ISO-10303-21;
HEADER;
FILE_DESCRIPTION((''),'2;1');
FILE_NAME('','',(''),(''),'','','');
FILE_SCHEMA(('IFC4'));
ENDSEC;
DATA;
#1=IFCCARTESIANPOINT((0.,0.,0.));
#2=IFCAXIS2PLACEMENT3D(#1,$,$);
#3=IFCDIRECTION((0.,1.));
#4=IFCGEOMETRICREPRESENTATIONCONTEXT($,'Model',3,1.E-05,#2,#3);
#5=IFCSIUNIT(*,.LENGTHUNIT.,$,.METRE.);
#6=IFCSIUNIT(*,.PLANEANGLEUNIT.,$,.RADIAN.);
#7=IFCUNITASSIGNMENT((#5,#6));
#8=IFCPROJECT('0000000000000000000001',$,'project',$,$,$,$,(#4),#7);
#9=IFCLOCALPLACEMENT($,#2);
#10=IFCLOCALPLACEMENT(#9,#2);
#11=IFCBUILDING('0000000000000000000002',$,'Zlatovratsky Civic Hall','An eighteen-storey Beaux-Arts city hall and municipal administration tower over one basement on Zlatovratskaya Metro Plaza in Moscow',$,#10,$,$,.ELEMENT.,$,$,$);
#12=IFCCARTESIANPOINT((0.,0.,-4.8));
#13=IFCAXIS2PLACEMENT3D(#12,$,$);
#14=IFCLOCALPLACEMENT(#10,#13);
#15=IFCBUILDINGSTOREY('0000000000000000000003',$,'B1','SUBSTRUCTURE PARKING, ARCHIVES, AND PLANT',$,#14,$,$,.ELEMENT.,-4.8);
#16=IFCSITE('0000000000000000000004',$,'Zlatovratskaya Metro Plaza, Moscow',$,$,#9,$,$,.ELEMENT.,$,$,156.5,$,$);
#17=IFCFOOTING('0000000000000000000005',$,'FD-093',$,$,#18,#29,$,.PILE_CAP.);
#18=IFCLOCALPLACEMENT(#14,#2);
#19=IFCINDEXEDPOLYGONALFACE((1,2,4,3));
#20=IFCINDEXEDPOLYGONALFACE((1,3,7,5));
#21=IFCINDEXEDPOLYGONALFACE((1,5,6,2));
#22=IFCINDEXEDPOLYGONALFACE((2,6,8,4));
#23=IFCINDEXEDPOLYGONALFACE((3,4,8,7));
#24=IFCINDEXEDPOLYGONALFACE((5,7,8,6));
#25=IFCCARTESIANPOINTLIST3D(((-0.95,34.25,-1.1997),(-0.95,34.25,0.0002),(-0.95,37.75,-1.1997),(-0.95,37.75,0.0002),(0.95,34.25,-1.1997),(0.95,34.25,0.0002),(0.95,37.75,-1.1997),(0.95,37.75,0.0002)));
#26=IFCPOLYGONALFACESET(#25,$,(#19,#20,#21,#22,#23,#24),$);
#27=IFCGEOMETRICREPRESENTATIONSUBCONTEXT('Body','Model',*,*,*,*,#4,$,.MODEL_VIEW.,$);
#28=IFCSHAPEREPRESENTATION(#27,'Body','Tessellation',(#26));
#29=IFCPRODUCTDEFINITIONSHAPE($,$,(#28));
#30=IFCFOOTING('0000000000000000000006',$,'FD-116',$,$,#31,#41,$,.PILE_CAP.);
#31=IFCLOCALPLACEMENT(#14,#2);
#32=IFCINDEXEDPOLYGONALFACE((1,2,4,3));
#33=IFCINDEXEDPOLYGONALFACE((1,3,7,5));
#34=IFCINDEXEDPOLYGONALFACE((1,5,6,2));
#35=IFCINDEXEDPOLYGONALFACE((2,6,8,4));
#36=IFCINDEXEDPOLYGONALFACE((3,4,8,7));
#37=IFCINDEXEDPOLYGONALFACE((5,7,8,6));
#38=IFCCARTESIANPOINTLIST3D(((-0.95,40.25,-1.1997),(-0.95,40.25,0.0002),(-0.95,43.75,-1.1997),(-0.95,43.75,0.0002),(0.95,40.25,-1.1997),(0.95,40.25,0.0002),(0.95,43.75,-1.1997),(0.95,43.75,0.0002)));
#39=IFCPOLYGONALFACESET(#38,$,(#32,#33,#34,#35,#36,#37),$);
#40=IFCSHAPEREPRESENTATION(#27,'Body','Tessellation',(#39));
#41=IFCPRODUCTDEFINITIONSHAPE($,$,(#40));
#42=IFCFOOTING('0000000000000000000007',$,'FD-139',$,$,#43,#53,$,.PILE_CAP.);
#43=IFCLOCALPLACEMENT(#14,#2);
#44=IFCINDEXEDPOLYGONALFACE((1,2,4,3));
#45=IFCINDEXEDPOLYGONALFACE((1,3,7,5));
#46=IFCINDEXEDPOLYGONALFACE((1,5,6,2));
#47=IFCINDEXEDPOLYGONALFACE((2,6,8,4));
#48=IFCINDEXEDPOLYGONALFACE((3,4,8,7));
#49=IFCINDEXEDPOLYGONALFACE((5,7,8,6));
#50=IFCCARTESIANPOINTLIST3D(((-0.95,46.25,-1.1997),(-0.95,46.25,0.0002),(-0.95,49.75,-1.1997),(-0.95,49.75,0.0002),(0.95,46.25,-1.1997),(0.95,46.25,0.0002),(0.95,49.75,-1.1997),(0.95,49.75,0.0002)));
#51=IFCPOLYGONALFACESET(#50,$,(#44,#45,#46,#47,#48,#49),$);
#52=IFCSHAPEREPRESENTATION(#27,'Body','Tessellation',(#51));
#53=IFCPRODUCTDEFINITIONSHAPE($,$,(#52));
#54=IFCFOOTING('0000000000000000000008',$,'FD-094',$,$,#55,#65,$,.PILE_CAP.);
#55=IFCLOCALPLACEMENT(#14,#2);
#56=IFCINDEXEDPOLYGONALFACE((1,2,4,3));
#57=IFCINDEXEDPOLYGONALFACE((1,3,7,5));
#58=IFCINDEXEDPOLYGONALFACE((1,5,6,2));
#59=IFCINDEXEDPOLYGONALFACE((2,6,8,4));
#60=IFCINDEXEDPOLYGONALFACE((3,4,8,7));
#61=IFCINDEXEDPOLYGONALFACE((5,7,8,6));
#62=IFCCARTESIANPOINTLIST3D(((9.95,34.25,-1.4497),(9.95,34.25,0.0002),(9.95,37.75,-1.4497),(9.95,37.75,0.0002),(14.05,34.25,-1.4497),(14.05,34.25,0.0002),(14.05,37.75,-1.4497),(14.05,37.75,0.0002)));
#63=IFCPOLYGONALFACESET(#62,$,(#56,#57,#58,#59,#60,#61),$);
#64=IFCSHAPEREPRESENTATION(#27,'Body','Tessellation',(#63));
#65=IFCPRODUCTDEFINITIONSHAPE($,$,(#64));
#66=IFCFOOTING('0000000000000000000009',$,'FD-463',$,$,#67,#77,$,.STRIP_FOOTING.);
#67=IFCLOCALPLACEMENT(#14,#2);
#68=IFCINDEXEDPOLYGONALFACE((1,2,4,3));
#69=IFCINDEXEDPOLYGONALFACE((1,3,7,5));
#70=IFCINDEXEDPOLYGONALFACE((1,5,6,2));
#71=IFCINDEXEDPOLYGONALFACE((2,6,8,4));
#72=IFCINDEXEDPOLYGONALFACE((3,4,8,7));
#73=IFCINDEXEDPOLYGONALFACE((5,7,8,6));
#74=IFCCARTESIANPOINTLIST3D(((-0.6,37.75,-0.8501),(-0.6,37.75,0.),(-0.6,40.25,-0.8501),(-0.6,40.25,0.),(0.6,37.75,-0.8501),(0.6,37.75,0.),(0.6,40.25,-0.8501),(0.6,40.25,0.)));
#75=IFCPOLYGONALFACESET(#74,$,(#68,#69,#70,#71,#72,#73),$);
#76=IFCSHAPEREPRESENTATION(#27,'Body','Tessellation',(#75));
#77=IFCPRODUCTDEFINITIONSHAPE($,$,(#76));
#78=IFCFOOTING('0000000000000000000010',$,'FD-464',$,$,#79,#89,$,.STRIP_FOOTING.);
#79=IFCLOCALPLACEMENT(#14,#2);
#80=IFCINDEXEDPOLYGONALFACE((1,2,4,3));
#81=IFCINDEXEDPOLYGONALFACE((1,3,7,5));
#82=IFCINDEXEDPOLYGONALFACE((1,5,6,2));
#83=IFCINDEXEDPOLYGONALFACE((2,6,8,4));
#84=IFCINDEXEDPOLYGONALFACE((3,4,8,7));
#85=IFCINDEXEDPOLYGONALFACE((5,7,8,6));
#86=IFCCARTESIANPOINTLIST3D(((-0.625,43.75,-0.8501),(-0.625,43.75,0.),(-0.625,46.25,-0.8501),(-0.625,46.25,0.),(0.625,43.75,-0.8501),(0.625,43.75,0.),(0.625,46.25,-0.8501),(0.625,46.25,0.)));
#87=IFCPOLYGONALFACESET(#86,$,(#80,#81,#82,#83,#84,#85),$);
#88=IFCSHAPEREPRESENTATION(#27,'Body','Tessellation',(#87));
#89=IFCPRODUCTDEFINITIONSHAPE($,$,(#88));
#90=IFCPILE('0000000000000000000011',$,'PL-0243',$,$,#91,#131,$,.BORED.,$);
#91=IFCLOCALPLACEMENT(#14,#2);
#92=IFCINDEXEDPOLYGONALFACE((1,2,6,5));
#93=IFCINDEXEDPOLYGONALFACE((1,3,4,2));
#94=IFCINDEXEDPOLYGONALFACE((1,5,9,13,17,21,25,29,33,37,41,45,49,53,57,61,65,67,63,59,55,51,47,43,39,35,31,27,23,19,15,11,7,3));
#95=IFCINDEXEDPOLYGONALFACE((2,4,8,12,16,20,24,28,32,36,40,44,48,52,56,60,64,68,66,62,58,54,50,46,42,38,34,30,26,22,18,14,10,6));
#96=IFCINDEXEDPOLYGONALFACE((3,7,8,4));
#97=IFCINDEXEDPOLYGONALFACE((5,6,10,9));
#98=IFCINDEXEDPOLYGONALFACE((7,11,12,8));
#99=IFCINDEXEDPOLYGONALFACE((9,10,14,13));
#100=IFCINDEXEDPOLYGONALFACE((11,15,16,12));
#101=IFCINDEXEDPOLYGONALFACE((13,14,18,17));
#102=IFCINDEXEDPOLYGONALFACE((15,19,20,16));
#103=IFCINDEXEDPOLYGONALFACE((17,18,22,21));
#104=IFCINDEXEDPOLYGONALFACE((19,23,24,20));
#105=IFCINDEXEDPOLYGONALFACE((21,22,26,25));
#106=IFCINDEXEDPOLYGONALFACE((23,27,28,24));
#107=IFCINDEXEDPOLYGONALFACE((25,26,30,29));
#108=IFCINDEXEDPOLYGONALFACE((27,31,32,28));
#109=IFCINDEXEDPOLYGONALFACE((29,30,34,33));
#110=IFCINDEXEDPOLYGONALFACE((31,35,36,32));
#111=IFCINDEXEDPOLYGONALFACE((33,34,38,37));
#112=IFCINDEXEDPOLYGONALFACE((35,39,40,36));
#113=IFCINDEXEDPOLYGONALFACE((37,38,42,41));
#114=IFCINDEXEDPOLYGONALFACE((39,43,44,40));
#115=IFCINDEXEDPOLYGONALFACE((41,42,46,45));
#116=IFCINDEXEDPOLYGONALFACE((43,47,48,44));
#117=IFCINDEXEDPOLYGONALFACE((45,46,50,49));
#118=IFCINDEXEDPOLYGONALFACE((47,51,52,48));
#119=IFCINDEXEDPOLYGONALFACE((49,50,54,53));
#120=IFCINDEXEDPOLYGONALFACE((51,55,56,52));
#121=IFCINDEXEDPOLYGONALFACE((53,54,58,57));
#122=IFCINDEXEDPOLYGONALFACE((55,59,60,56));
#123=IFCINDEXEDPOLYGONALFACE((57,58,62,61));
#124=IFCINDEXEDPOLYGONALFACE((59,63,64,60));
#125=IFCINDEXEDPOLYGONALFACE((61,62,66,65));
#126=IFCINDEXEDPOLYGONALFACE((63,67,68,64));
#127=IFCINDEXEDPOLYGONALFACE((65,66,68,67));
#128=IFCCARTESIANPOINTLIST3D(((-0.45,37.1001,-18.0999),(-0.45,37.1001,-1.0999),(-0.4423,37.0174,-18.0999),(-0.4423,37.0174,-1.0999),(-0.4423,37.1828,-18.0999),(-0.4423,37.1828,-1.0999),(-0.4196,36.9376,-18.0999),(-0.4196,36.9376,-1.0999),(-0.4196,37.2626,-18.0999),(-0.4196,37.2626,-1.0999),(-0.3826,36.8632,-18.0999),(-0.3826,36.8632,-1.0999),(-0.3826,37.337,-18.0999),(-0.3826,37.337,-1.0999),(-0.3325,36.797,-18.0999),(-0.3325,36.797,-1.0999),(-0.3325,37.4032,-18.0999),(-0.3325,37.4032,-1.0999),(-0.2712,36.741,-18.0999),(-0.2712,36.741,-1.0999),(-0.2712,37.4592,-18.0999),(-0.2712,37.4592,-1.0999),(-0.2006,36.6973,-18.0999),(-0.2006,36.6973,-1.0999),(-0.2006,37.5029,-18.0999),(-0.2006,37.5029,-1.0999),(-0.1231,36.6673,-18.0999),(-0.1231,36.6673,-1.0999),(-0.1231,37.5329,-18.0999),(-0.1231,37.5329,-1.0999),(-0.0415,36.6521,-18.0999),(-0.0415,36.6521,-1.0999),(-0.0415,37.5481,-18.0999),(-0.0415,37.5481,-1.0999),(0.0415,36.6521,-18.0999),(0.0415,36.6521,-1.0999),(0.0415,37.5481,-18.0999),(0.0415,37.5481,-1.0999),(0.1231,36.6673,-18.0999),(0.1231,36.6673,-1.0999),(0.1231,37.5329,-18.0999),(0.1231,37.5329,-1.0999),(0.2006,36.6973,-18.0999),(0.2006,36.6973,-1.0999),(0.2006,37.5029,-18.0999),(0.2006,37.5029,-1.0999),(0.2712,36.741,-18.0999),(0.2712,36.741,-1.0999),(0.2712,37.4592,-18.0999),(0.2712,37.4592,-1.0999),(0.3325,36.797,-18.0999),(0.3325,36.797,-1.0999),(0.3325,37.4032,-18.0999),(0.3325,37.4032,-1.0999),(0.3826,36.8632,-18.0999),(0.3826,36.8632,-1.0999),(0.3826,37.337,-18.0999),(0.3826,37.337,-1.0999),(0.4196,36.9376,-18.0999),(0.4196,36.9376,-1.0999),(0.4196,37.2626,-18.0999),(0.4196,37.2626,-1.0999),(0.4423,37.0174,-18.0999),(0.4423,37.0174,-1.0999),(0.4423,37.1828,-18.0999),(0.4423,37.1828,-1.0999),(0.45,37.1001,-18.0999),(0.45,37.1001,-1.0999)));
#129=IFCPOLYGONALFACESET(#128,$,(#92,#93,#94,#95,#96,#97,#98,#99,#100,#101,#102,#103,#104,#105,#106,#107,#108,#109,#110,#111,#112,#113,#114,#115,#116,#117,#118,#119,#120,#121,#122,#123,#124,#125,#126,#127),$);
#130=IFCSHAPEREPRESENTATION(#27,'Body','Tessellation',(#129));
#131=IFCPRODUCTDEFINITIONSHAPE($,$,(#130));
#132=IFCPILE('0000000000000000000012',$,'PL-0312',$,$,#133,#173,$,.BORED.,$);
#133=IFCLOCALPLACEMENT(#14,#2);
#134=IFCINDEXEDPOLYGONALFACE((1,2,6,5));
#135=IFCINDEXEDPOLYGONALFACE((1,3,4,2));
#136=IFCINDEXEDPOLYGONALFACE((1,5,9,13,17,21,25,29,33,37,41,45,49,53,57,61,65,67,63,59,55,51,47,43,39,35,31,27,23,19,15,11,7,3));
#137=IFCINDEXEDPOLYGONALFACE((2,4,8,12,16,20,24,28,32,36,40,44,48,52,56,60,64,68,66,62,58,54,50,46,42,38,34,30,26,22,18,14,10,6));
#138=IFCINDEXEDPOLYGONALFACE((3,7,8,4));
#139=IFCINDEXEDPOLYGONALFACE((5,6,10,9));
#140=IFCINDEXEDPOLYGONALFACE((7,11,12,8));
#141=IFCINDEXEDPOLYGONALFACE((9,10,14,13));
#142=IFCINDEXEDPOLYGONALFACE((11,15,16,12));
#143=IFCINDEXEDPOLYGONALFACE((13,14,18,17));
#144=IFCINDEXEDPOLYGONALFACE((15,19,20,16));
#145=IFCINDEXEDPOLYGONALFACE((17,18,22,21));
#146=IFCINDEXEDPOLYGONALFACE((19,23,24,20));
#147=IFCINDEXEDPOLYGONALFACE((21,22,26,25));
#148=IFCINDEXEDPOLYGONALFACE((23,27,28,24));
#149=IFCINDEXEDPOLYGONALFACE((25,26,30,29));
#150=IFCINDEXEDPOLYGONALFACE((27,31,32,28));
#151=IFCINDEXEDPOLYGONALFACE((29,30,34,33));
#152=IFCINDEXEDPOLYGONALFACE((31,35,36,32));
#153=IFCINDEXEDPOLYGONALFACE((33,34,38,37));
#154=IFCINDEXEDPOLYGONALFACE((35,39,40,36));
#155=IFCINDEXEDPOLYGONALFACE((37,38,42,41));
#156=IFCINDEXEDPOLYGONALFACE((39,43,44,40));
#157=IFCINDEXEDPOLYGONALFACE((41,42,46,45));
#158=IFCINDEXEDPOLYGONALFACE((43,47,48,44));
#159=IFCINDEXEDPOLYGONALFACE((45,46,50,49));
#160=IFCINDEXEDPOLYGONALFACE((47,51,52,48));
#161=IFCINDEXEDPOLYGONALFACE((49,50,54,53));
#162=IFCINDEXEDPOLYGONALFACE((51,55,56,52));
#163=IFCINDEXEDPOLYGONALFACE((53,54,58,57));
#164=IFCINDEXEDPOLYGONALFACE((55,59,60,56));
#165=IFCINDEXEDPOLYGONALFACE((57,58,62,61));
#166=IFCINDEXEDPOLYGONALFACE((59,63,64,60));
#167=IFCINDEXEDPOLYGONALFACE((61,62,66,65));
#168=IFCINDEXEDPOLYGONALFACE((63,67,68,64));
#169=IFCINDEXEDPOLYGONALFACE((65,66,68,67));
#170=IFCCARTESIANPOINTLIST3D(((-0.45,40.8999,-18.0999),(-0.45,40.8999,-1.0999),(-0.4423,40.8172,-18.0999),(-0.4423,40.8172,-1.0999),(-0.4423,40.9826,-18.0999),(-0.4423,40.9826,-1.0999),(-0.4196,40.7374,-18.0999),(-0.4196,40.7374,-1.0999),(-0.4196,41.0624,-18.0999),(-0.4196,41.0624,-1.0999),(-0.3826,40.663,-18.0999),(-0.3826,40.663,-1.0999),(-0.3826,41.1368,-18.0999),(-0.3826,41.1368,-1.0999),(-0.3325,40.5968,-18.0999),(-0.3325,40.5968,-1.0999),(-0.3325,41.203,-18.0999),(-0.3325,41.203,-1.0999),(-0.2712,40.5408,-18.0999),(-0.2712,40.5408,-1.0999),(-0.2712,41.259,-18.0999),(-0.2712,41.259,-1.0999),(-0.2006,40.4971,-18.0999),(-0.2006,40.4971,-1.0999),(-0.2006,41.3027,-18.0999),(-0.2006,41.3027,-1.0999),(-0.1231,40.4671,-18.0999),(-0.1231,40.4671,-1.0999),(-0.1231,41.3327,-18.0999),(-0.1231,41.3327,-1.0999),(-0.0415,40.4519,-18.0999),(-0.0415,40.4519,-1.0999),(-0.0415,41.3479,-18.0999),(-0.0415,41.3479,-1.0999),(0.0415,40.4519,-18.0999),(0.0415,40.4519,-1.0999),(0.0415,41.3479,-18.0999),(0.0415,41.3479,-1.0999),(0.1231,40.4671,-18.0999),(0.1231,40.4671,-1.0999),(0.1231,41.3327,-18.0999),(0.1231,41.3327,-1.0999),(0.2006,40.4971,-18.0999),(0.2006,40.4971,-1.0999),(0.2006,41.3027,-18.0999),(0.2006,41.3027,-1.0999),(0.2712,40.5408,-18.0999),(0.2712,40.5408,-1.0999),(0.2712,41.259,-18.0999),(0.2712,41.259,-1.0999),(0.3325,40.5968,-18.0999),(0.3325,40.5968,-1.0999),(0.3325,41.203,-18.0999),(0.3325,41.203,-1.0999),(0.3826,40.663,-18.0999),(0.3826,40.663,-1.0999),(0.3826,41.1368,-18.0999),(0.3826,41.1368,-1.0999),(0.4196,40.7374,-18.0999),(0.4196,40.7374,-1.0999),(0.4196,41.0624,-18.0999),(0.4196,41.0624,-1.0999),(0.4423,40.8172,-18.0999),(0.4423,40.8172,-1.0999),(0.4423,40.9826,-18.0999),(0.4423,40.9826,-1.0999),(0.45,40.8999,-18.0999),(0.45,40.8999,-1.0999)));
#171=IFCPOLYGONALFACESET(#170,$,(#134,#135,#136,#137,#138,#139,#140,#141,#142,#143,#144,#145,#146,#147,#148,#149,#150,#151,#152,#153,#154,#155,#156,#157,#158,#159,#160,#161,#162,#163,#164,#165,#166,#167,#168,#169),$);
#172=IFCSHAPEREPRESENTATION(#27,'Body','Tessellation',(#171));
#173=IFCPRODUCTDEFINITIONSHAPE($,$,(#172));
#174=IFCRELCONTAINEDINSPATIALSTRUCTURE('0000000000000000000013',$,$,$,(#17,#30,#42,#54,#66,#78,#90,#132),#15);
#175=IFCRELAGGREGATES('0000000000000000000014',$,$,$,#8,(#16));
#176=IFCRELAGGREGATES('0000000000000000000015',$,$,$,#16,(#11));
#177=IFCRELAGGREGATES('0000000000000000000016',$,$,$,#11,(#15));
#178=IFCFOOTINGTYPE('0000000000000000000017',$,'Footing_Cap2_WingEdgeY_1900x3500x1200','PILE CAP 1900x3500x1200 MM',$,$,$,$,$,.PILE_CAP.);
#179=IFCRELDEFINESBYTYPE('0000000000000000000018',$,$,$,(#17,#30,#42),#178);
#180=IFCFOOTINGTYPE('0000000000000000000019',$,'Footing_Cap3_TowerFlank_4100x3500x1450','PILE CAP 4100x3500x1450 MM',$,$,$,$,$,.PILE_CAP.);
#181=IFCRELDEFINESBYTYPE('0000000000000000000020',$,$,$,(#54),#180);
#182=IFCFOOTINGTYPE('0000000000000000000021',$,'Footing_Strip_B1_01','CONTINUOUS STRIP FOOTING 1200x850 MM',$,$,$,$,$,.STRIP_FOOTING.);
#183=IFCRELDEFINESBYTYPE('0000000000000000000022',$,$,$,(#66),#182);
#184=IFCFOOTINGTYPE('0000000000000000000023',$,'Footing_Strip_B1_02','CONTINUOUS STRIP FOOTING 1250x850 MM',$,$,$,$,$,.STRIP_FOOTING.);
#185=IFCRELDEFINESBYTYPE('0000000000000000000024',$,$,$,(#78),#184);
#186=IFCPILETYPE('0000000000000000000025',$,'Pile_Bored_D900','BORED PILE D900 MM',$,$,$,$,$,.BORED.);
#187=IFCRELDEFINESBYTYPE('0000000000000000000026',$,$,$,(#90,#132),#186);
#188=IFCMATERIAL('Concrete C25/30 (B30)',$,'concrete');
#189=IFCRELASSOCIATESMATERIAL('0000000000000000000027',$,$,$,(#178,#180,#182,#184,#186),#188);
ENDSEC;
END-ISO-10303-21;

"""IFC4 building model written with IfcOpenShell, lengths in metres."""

from ifc_helpers import new_model, si_unit, direction, frame, origin, origin_2d, place, context, subcontext, project, spatial, rectangle, circle, extrude, material, material_profile, profile_set, type_object, element, save


model = new_model("IFC4")

# Units and contexts
model_context = context("Model", 3, precision=1e-05, world=origin(), true_north=direction((0.0, 1.0)))
body_context = subcontext(model_context, "Body", "Model", "MODEL_VIEW")
ifc_project = project(units=[si_unit("LENGTHUNIT", "METRE"), si_unit("PLANEANGLEUNIT", "RADIAN")], contexts=[model_context])

# Site, building, storey
site_placement = place(None, origin())
site = spatial("IfcSite", under=ifc_project, at=site_placement, Name="Zlatovratskaya Metro Plaza, Moscow", CompositionType="ELEMENT", RefElevation=156.5)
building_placement = place(site_placement, origin())
building = spatial("IfcBuilding", under=site, at=building_placement, Name="Zlatovratsky Civic Hall", Description="An eighteen-storey Beaux-Arts city hall and municipal administration tower over one basement on Zlatovratskaya Metro Plaza in Moscow", CompositionType="ELEMENT")
storey_placement = place(building_placement, frame((0.0, 0.0, -4.8)))
storey = spatial("IfcBuildingStorey", under=building, at=storey_placement, Name="B1", Description="SUBSTRUCTURE PARKING, ARCHIVES, AND PLANT", CompositionType="ELEMENT", Elevation=-4.8)

# Footings
ifc_material_1 = material(Name="Concrete C25/30 (B30)", Category="concrete")
footing_type_1 = type_object("IfcFootingType", Name="Footing_Cap2_WingEdgeY_1900x3500x1200", Description="PILE CAP 1900x3500x1200 MM", PredefinedType="PILE_CAP", material=ifc_material_1)
for number, where, z_axis, x_axis, name in (
    (1, (0.0, 36.0, -1.1997), (0.0, 0.0, 1.0), (1.0, 0.0, 0.0), "FD-093"),
    (2, (0.0, 42.0, -1.1997), (0.0, 0.0, 1.0), (1.0, 0.0, 0.0), "FD-116"),
    (3, (0.0, 48.0, -1.1997), (0.0, 0.0, 1.0), (1.0, 0.0, 0.0), "FD-139"),
):
    element("IfcFooting", number, at=place(storey_placement, frame(where, z_axis=z_axis, x_axis=x_axis)), inside=storey, type_object=footing_type_1, Name=name, PredefinedType="PILE_CAP", context=body_context, shape_type="SweptSolid", body=[
        extrude(rectangle(XDim=1.8999, YDim=3.5, at=origin_2d()), origin(), (0.0, 0.0, 1.0), 1.2),
    ])
footing_type_2 = type_object("IfcFootingType", Name="Footing_Cap3_TowerFlank_4100x3500x1450", Description="PILE CAP 4100x3500x1450 MM", PredefinedType="PILE_CAP", material=ifc_material_1)
footing_1_placement = place(storey_placement, frame((12.0, 36.0, -1.4497), z_axis=(0.0, 0.0, 1.0), x_axis=(1.0, 0.0, 0.0)))
element("IfcFooting", 4, at=footing_1_placement, inside=storey, type_object=footing_type_2, Name="FD-094", PredefinedType="PILE_CAP", context=body_context, shape_type="SweptSolid", body=[
    extrude(rectangle(XDim=4.1001, YDim=3.5, at=origin_2d()), origin(), (0.0, 0.0, 1.0), 1.45),
])
footing_type_3 = type_object("IfcFootingType", Name="Footing_Strip_B1_01", Description="CONTINUOUS STRIP FOOTING 1200x850 MM", PredefinedType="STRIP_FOOTING", material=ifc_material_1)
footing_2_placement = place(storey_placement, frame((0.0, 39.0, -0.8501), z_axis=(0.0, 0.0, 1.0), x_axis=(1.0, 0.0, 0.0)))
element("IfcFooting", 5, at=footing_2_placement, inside=storey, type_object=footing_type_3, Name="FD-463", PredefinedType="STRIP_FOOTING", context=body_context, shape_type="SweptSolid", body=[
    extrude(rectangle(XDim=1.2, YDim=2.5, at=origin_2d()), origin(), (0.0, 0.0, 1.0), 0.8501),
])
footing_type_4 = type_object("IfcFootingType", Name="Footing_Strip_B1_02", Description="CONTINUOUS STRIP FOOTING 1250x850 MM", PredefinedType="STRIP_FOOTING", material=ifc_material_1)
footing_3_placement = place(storey_placement, frame((0.0, 45.0, -0.8501), z_axis=(0.0, 0.0, 1.0), x_axis=(1.0, 0.0, 0.0)))
element("IfcFooting", 6, at=footing_3_placement, inside=storey, type_object=footing_type_4, Name="FD-464", PredefinedType="STRIP_FOOTING", context=body_context, shape_type="SweptSolid", body=[
    extrude(rectangle(XDim=1.25, YDim=2.5, at=origin_2d()), origin(), (0.0, 0.0, 1.0), 0.8501),
])

# Piles
ifc_material_profile_1 = material_profile(ifc_material_1, circle(Radius=0.45, at=origin_2d()), Name="PILE D900")
ifc_profile_set_1 = profile_set([ifc_material_profile_1], Name="Concrete C25/30 (B30)")
pile_type = type_object("IfcPileType", Name="Pile_Bored_D900", Description="BORED PILE D900 MM", PredefinedType="BORED", material=ifc_profile_set_1)
for number, where, z_axis, x_axis, name in (
    (7, (0.0, 37.1001, -1.0999), (0.0, 0.0, -1.0), (1.0, 0.0, 0.0), "PL-0243"),
    (8, (0.0, 40.8999, -1.0999), (0.0, 0.0, -1.0), (1.0, 0.0, 0.0), "PL-0312"),
):
    element("IfcPile", number, at=place(storey_placement, frame(where, z_axis=z_axis, x_axis=x_axis)), inside=storey, type_object=pile_type, Name=name, PredefinedType="BORED", context=body_context, shape_type="SweptSolid", body=[
        extrude(circle(Radius=0.45, at=origin_2d()), origin(), (0.0, 0.0, 1.0), 17.0),
    ])

save(model, "model.ifc")
